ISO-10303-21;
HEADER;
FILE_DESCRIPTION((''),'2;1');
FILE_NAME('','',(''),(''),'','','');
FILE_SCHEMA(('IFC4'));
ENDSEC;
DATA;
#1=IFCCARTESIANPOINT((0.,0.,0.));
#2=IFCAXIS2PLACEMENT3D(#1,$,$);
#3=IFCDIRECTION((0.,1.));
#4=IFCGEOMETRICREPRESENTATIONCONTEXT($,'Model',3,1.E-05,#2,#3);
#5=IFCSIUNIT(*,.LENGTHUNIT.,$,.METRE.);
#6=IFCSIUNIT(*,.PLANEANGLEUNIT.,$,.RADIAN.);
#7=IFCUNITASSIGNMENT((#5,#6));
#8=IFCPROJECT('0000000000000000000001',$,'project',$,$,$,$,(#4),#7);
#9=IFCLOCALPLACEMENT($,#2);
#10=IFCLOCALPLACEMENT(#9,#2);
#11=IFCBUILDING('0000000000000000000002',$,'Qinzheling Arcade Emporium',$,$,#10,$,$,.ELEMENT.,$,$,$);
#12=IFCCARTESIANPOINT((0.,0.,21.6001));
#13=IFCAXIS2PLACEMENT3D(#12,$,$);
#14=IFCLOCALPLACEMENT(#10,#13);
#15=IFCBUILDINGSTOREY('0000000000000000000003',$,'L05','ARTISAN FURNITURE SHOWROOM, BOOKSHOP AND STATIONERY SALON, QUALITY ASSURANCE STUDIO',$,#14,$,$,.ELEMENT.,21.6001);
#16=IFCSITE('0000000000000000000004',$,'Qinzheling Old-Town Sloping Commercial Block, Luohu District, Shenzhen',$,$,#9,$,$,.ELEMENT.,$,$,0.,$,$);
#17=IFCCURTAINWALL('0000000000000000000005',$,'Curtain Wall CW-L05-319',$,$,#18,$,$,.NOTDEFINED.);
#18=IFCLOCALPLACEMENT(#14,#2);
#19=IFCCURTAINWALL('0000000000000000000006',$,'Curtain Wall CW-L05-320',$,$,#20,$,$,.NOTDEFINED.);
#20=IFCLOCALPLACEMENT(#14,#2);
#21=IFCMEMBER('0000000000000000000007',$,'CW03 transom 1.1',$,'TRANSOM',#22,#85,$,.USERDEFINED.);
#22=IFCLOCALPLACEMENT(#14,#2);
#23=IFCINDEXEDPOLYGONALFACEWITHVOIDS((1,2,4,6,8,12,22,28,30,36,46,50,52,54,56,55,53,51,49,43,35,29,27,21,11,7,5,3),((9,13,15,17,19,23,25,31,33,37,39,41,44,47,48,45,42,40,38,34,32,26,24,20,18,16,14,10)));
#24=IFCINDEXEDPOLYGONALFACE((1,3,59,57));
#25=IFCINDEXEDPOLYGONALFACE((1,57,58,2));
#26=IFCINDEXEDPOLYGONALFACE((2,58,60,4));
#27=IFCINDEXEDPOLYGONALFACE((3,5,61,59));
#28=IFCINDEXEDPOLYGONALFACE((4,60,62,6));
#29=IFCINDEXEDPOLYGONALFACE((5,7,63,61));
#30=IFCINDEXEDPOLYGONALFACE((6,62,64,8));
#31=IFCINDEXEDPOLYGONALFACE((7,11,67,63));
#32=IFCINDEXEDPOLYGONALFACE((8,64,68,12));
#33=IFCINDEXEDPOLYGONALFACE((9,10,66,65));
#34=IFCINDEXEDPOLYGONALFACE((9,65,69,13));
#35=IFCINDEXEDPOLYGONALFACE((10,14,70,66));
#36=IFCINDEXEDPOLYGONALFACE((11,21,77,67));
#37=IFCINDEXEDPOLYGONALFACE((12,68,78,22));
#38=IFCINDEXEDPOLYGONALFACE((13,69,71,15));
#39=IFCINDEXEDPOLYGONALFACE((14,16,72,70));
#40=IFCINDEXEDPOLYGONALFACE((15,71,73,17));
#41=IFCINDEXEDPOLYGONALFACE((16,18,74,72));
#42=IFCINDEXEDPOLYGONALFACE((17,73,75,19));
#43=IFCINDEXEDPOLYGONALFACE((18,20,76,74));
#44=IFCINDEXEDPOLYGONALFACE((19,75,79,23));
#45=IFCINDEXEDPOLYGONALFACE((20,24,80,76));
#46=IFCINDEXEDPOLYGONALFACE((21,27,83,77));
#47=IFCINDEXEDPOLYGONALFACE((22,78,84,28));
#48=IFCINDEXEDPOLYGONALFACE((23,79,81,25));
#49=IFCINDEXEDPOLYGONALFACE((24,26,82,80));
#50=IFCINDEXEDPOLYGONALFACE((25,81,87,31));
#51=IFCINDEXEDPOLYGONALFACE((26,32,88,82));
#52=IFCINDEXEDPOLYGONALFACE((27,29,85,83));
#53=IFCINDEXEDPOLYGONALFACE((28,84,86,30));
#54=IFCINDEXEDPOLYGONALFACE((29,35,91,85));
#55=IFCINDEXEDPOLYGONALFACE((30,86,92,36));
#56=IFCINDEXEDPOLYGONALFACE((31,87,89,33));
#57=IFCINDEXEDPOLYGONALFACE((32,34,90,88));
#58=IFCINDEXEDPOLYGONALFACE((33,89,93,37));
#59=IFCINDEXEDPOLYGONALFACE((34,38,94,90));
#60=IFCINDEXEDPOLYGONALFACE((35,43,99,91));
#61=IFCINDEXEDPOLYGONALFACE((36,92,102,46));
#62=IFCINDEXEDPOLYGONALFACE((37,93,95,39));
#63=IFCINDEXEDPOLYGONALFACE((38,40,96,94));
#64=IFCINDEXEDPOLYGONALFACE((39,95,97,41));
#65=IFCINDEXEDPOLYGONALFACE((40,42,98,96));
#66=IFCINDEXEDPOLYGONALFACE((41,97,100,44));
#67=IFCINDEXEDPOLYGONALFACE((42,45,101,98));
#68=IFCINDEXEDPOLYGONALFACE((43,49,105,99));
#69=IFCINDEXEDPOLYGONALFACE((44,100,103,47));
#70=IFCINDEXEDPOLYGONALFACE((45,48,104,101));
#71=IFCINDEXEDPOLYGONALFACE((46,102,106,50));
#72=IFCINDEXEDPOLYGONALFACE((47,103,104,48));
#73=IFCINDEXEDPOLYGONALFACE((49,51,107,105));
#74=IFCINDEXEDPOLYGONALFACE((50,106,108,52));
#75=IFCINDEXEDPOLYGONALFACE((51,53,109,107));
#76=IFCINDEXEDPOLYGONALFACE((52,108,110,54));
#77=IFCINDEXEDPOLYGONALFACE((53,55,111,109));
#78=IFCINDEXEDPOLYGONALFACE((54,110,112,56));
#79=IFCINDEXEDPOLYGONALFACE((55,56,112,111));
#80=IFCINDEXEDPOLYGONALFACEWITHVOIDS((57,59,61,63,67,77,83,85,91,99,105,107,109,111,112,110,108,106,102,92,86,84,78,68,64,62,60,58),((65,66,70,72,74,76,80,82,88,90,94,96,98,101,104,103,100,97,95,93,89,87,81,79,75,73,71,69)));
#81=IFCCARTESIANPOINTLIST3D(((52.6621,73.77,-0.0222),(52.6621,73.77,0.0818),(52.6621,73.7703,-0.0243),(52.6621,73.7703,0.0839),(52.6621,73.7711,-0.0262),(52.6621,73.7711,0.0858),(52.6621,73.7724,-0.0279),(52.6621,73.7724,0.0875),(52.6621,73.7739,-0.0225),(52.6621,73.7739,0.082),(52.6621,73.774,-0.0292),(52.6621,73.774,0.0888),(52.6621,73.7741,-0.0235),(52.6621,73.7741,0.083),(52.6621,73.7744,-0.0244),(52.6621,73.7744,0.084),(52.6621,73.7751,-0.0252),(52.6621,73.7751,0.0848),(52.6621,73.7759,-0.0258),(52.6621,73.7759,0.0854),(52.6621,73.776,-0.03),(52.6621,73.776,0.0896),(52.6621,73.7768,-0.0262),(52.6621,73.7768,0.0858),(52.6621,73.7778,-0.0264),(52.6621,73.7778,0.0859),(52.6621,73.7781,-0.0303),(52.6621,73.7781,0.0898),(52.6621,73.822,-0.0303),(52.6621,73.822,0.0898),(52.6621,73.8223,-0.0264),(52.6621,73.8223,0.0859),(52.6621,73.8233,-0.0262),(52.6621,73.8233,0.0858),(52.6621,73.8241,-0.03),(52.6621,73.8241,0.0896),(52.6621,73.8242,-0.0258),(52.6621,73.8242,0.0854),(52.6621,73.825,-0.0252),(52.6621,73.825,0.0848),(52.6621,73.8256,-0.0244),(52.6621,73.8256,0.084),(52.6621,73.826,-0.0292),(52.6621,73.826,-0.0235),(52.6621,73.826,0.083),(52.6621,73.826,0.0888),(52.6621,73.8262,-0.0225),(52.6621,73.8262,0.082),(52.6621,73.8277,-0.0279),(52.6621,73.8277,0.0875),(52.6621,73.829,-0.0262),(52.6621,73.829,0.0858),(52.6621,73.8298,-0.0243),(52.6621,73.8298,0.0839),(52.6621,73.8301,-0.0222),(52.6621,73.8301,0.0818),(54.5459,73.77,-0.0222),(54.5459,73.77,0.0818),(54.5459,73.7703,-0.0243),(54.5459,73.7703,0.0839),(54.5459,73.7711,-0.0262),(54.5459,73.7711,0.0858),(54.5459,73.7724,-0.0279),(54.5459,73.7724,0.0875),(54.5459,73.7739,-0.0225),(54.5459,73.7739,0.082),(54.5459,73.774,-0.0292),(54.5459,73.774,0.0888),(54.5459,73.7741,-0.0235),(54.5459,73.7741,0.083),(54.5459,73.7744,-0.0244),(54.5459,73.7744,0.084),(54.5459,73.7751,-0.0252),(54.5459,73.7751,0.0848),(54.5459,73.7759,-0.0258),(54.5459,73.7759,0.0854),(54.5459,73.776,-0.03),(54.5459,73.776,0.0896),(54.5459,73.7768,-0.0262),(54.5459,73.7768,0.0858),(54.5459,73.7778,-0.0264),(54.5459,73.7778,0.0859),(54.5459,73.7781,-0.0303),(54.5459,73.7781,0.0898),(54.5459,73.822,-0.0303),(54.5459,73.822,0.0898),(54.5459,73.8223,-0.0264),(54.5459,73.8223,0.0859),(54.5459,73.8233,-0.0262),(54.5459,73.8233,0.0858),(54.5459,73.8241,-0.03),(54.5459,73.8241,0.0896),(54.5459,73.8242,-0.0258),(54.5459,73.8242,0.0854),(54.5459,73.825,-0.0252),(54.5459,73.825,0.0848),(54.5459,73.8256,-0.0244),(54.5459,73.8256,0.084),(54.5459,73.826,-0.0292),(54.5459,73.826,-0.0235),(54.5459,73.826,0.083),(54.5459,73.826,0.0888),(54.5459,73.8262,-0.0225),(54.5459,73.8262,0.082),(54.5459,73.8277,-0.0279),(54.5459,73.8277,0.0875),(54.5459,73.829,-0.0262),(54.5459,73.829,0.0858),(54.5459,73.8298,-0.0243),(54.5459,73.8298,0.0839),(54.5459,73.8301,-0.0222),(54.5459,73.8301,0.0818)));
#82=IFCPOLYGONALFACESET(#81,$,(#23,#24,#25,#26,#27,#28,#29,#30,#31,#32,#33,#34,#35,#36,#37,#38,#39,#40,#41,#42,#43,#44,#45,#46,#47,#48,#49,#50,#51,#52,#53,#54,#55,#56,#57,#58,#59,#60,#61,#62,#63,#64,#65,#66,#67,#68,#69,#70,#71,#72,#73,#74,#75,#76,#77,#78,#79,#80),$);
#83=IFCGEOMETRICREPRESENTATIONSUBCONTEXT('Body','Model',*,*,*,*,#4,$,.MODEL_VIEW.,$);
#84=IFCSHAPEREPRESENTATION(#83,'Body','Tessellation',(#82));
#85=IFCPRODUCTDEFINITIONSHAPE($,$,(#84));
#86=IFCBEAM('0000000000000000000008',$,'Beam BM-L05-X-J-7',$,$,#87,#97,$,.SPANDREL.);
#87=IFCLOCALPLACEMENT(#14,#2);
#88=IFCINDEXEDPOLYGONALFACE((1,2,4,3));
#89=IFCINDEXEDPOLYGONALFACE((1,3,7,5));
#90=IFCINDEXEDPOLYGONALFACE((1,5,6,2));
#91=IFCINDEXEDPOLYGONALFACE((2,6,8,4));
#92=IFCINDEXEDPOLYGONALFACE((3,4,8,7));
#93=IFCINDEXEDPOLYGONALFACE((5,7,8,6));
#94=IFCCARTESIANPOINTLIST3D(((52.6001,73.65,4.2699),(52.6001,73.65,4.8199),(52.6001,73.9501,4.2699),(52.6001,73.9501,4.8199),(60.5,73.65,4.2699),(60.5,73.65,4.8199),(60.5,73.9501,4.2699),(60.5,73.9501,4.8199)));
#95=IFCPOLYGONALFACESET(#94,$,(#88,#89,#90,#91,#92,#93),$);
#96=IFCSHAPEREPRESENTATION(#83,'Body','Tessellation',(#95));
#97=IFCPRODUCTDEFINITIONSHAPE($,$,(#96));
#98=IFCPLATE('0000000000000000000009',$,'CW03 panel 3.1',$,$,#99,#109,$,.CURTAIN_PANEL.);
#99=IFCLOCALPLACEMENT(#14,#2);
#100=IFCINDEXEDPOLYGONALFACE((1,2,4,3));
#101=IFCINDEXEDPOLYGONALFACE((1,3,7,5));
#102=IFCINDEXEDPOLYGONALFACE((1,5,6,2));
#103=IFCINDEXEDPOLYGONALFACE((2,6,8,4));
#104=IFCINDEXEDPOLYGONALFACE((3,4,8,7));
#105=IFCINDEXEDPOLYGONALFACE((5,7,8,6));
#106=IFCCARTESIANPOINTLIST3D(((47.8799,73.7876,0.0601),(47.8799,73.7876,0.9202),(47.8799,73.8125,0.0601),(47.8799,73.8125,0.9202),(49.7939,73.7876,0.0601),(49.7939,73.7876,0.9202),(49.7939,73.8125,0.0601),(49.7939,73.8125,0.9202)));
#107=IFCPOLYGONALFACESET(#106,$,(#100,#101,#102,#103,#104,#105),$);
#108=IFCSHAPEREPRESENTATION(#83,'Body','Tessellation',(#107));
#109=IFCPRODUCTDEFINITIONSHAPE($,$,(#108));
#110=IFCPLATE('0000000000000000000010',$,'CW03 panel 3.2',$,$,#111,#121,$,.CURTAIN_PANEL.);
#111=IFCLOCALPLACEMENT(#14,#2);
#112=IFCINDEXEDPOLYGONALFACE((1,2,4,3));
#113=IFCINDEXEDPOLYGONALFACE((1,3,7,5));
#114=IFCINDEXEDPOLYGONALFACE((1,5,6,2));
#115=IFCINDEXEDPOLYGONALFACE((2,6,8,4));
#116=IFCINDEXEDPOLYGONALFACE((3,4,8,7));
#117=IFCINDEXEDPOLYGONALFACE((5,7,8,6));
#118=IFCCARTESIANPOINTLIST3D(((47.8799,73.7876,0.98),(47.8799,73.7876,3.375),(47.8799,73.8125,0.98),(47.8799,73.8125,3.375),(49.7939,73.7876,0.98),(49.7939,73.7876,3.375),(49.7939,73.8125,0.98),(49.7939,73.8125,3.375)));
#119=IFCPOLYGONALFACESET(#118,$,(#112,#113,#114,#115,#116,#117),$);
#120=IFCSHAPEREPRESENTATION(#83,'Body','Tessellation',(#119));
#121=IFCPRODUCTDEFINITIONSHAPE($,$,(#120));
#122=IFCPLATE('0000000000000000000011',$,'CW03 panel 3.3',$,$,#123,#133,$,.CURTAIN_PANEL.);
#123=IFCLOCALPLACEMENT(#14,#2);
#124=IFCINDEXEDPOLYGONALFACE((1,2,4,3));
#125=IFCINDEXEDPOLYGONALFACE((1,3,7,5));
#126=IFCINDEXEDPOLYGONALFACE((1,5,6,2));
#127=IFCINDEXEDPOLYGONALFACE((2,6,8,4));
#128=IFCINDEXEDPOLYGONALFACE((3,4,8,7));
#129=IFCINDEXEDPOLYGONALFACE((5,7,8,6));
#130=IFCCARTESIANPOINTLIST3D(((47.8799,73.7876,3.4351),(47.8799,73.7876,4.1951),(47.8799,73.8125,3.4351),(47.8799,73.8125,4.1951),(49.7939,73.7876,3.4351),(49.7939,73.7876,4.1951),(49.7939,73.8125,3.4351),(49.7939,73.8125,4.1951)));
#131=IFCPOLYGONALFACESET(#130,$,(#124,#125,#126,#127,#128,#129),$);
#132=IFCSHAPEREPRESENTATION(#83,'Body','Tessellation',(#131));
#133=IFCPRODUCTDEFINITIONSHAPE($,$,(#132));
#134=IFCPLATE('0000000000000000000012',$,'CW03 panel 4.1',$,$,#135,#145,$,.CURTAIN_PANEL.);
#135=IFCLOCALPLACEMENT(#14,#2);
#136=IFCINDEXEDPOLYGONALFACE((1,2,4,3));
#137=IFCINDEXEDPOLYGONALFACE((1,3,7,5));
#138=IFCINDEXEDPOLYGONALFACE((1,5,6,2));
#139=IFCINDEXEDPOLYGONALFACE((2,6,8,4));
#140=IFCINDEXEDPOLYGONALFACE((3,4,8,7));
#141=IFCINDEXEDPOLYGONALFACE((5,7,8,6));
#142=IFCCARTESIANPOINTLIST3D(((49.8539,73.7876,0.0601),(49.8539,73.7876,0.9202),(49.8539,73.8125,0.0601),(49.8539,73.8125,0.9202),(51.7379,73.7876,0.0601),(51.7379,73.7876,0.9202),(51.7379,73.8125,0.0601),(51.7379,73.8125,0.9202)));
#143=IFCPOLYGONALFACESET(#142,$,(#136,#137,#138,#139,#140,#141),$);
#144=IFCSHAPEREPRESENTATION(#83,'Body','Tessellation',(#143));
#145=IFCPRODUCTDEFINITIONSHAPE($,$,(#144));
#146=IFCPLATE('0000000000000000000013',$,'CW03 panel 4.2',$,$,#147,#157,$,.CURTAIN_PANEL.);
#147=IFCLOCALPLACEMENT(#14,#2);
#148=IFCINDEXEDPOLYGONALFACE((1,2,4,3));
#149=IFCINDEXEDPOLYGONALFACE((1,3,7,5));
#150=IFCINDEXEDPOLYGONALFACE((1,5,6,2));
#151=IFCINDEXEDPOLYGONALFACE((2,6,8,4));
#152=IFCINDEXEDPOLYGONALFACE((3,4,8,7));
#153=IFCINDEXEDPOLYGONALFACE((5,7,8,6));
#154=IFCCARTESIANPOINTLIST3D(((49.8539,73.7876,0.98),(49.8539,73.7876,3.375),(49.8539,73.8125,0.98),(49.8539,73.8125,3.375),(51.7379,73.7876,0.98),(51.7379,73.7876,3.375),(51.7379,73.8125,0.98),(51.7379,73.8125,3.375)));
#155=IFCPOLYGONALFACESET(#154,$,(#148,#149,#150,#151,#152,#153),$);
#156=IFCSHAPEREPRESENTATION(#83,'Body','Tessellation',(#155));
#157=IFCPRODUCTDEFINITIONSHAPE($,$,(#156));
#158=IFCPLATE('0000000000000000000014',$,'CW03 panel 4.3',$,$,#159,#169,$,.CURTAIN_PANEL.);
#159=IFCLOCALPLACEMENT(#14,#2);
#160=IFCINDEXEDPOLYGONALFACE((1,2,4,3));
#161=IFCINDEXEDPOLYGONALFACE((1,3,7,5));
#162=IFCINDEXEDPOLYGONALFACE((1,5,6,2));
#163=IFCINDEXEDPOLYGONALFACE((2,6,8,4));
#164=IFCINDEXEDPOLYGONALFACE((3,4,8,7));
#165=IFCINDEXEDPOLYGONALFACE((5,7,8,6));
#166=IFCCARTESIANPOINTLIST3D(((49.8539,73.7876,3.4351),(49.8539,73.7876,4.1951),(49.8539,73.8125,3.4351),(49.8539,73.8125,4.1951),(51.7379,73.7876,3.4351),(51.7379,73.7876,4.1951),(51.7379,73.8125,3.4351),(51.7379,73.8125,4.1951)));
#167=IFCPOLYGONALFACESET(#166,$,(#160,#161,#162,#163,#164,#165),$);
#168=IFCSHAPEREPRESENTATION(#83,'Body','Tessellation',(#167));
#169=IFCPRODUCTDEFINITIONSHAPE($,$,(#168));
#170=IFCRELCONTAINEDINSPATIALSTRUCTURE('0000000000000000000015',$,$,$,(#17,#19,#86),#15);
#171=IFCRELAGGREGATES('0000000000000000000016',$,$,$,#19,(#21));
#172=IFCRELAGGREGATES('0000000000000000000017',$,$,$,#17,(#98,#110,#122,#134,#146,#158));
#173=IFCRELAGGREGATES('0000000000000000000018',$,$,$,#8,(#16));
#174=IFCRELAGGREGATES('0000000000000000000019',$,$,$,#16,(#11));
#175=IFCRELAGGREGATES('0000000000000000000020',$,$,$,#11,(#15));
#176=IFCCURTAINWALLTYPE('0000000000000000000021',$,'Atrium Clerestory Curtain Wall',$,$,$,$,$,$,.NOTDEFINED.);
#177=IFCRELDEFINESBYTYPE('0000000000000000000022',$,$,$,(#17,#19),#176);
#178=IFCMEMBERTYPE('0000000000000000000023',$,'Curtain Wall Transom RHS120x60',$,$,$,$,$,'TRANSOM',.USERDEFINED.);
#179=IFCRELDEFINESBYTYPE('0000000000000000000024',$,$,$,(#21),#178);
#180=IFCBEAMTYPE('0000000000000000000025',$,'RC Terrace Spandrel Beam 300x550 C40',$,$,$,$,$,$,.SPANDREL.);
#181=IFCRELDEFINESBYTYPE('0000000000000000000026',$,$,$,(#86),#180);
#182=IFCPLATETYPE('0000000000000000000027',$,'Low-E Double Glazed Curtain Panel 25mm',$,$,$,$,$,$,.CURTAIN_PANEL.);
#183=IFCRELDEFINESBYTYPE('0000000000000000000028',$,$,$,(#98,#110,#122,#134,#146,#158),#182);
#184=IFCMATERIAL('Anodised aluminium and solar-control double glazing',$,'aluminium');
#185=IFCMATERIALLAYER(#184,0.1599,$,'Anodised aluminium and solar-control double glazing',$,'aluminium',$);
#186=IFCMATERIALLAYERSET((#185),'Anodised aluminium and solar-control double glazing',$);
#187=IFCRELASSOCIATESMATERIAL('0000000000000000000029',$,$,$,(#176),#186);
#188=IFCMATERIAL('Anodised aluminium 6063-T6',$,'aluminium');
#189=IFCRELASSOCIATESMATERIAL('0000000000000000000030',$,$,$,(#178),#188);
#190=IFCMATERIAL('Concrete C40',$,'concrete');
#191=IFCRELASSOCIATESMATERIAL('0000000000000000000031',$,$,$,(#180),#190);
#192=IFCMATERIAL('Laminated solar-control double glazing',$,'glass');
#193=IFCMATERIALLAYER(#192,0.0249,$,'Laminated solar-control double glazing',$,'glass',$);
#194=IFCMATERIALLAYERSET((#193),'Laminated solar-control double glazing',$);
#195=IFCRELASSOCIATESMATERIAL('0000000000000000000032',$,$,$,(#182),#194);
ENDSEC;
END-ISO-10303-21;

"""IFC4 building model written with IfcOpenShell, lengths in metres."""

from ifc_helpers import new_model, si_unit, direction, frame, origin, origin_2d, place, context, subcontext, project, spatial, rectangle, hollow_rectangle, extrude, material, layer, layer_set, material_profile, profile_set, type_object, element, aggregate, save


model = new_model("IFC4")

# Units and contexts
model_context = context("Model", 3, precision=1e-05, world=origin(), true_north=direction((0.0, 1.0)))
body_context = subcontext(model_context, "Body", "Model", "MODEL_VIEW")
ifc_project = project(units=[si_unit("LENGTHUNIT", "METRE"), si_unit("PLANEANGLEUNIT", "RADIAN")], contexts=[model_context])

# Site, building, storey
site_placement = place(None, origin())
site = spatial("IfcSite", under=ifc_project, at=site_placement, Name="Qinzheling Old-Town Sloping Commercial Block, Luohu District, Shenzhen", CompositionType="ELEMENT", RefElevation=0.0)
building_placement = place(site_placement, origin())
building = spatial("IfcBuilding", under=site, at=building_placement, Name="Qinzheling Arcade Emporium", CompositionType="ELEMENT")
storey_placement = place(building_placement, frame((0.0, 0.0, 21.6001)))
storey = spatial("IfcBuildingStorey", under=building, at=storey_placement, Name="L05", Description="ARTISAN FURNITURE SHOWROOM, BOOKSHOP AND STATIONERY SALON, QUALITY ASSURANCE STUDIO", CompositionType="ELEMENT", Elevation=21.6001)

# Shared definitions
ifc_material_1 = material(Name="Concrete C40", Category="concrete")

# Curtain wall
ifc_material_2 = material(Name="Anodised aluminium and solar-control double glazing", Category="aluminium")
ifc_layer_1 = layer(ifc_material_2, 0.1599, Name="Anodised aluminium and solar-control double glazing", Category="aluminium")
ifc_layer_set_1 = layer_set([ifc_layer_1], Name="Anodised aluminium and solar-control double glazing")
curtain_wall_type = type_object("IfcCurtainWallType", Name="Atrium Clerestory Curtain Wall", PredefinedType="NOTDEFINED", material=ifc_layer_set_1)
curtain_wall_1_placement = place(storey_placement, origin())
curtain_wall_1 = element("IfcCurtainWall", 1, at=curtain_wall_1_placement, inside=storey, type_object=curtain_wall_type, Name="Curtain Wall CW-L05-319", PredefinedType="NOTDEFINED")
ifc_material_3 = material(Name="Anodised aluminium 6063-T6", Category="aluminium")

# Curtain wall
curtain_wall_2_placement = place(storey_placement, origin())
curtain_wall_2 = element("IfcCurtainWall", 2, at=curtain_wall_2_placement, inside=storey, type_object=curtain_wall_type, Name="Curtain Wall CW-L05-320", PredefinedType="NOTDEFINED")

# Member
ifc_material_profile_1 = material_profile(ifc_material_3, hollow_rectangle(XDim=0.0601, YDim=0.1201, WallThickness=0.0039, InnerFilletRadius=0.0039, OuterFilletRadius=0.0081, at=origin_2d()), Name="RHS 120x60x4", Category="aluminium")
ifc_profile_set_1 = profile_set([ifc_material_profile_1], Name="Anodised aluminium 6063-T6")
member_type_1 = type_object("IfcMemberType", Name="Curtain Wall Transom RHS120x60", ElementType="TRANSOM", PredefinedType="USERDEFINED", material=ifc_profile_set_1)
member_1_placement = place(storey_placement, frame((52.6621, 73.8, 0.0298), z_axis=(1.0, 0.0, 0.0), x_axis=(0.0, 1.0, 0.0)))
member_1 = element("IfcMember", 3, at=member_1_placement, type_object=member_type_1, Name="CW03 transom 1.1", ObjectType="TRANSOM", PredefinedType="USERDEFINED", context=body_context, shape_type="SweptSolid", body=[
    extrude(hollow_rectangle(XDim=0.0601, YDim=0.1201, WallThickness=0.0039, InnerFilletRadius=0.0039, OuterFilletRadius=0.0081, at=origin_2d()), origin(), (0.0, 0.0, 1.0), 1.8838),
])
aggregate(curtain_wall_2, [member_1])

# Beam
ifc_material_profile_2 = material_profile(ifc_material_1, rectangle(XDim=0.3, YDim=0.55, at=origin_2d()), Name="RC 300x550", Category="concrete")
ifc_profile_set_2 = profile_set([ifc_material_profile_2], Name="Concrete C40")
beam_type = type_object("IfcBeamType", Name="RC Terrace Spandrel Beam 300x550 C40", PredefinedType="SPANDREL", material=ifc_profile_set_2)
beam_placement = place(storey_placement, frame((52.6001, 73.8, 4.5449), z_axis=(1.0, 0.0, 0.0), x_axis=(0.0, 1.0, 0.0)))
element("IfcBeam", 4, at=beam_placement, inside=storey, type_object=beam_type, Name="Beam BM-L05-X-J-7", PredefinedType="SPANDREL", context=body_context, shape_type="SweptSolid", body=[
    extrude(rectangle(XDim=0.3, YDim=0.55, at=origin_2d()), origin(), (0.0, 0.0, 1.0), 7.8999),
])

# Plates
ifc_material_4 = material(Name="Laminated solar-control double glazing", Category="glass")
ifc_layer_2 = layer(ifc_material_4, 0.0249, Name="Laminated solar-control double glazing", Category="glass")
ifc_layer_set_2 = layer_set([ifc_layer_2], Name="Laminated solar-control double glazing")
plate_type = type_object("IfcPlateType", Name="Low-E Double Glazed Curtain Panel 25mm", PredefinedType="CURTAIN_PANEL", material=ifc_layer_set_2)
plate_1_placement = place(storey_placement, frame((48.8369, 73.8, 0.0601), z_axis=(0.0, 0.0, 1.0), x_axis=(1.0, 0.0, 0.0)))
plate_1 = element("IfcPlate", 5, at=plate_1_placement, type_object=plate_type, Name="CW03 panel 3.1", PredefinedType="CURTAIN_PANEL", context=body_context, shape_type="SweptSolid", body=[
    extrude(rectangle(XDim=1.9141, YDim=0.0249, at=origin_2d()), origin(), (0.0, 0.0, 1.0), 0.8601),
])
plate_2_placement = place(storey_placement, frame((48.8369, 73.8, 0.98), z_axis=(0.0, 0.0, 1.0), x_axis=(1.0, 0.0, 0.0)))
plate_2 = element("IfcPlate", 6, at=plate_2_placement, type_object=plate_type, Name="CW03 panel 3.2", PredefinedType="CURTAIN_PANEL", context=body_context, shape_type="SweptSolid", body=[
    extrude(rectangle(XDim=1.9141, YDim=0.0249, at=origin_2d()), origin(), (0.0, 0.0, 1.0), 2.395),
])
plate_3_placement = place(storey_placement, frame((48.8369, 73.8, 3.4351), z_axis=(0.0, 0.0, 1.0), x_axis=(1.0, 0.0, 0.0)))
plate_3 = element("IfcPlate", 7, at=plate_3_placement, type_object=plate_type, Name="CW03 panel 3.3", PredefinedType="CURTAIN_PANEL", context=body_context, shape_type="SweptSolid", body=[
    extrude(rectangle(XDim=1.9141, YDim=0.0249, at=origin_2d()), origin(), (0.0, 0.0, 1.0), 0.76),
])
plate_4_placement = place(storey_placement, frame((50.7959, 73.8, 0.0601), z_axis=(0.0, 0.0, 1.0), x_axis=(1.0, 0.0, 0.0)))
plate_4 = element("IfcPlate", 8, at=plate_4_placement, type_object=plate_type, Name="CW03 panel 4.1", PredefinedType="CURTAIN_PANEL", context=body_context, shape_type="SweptSolid", body=[
    extrude(rectangle(XDim=1.884, YDim=0.0249, at=origin_2d()), origin(), (0.0, 0.0, 1.0), 0.8601),
])
plate_5_placement = place(storey_placement, frame((50.7959, 73.8, 0.98), z_axis=(0.0, 0.0, 1.0), x_axis=(1.0, 0.0, 0.0)))
plate_5 = element("IfcPlate", 9, at=plate_5_placement, type_object=plate_type, Name="CW03 panel 4.2", PredefinedType="CURTAIN_PANEL", context=body_context, shape_type="SweptSolid", body=[
    extrude(rectangle(XDim=1.884, YDim=0.0249, at=origin_2d()), origin(), (0.0, 0.0, 1.0), 2.395),
])
plate_6_placement = place(storey_placement, frame((50.7959, 73.8, 3.4351), z_axis=(0.0, 0.0, 1.0), x_axis=(1.0, 0.0, 0.0)))
plate_6 = element("IfcPlate", 10, at=plate_6_placement, type_object=plate_type, Name="CW03 panel 4.3", PredefinedType="CURTAIN_PANEL", context=body_context, shape_type="SweptSolid", body=[
    extrude(rectangle(XDim=1.884, YDim=0.0249, at=origin_2d()), origin(), (0.0, 0.0, 1.0), 0.76),
])
aggregate(curtain_wall_1, [plate_1, plate_2, plate_3, plate_4, plate_5, plate_6])

save(model, "model.ifc")
